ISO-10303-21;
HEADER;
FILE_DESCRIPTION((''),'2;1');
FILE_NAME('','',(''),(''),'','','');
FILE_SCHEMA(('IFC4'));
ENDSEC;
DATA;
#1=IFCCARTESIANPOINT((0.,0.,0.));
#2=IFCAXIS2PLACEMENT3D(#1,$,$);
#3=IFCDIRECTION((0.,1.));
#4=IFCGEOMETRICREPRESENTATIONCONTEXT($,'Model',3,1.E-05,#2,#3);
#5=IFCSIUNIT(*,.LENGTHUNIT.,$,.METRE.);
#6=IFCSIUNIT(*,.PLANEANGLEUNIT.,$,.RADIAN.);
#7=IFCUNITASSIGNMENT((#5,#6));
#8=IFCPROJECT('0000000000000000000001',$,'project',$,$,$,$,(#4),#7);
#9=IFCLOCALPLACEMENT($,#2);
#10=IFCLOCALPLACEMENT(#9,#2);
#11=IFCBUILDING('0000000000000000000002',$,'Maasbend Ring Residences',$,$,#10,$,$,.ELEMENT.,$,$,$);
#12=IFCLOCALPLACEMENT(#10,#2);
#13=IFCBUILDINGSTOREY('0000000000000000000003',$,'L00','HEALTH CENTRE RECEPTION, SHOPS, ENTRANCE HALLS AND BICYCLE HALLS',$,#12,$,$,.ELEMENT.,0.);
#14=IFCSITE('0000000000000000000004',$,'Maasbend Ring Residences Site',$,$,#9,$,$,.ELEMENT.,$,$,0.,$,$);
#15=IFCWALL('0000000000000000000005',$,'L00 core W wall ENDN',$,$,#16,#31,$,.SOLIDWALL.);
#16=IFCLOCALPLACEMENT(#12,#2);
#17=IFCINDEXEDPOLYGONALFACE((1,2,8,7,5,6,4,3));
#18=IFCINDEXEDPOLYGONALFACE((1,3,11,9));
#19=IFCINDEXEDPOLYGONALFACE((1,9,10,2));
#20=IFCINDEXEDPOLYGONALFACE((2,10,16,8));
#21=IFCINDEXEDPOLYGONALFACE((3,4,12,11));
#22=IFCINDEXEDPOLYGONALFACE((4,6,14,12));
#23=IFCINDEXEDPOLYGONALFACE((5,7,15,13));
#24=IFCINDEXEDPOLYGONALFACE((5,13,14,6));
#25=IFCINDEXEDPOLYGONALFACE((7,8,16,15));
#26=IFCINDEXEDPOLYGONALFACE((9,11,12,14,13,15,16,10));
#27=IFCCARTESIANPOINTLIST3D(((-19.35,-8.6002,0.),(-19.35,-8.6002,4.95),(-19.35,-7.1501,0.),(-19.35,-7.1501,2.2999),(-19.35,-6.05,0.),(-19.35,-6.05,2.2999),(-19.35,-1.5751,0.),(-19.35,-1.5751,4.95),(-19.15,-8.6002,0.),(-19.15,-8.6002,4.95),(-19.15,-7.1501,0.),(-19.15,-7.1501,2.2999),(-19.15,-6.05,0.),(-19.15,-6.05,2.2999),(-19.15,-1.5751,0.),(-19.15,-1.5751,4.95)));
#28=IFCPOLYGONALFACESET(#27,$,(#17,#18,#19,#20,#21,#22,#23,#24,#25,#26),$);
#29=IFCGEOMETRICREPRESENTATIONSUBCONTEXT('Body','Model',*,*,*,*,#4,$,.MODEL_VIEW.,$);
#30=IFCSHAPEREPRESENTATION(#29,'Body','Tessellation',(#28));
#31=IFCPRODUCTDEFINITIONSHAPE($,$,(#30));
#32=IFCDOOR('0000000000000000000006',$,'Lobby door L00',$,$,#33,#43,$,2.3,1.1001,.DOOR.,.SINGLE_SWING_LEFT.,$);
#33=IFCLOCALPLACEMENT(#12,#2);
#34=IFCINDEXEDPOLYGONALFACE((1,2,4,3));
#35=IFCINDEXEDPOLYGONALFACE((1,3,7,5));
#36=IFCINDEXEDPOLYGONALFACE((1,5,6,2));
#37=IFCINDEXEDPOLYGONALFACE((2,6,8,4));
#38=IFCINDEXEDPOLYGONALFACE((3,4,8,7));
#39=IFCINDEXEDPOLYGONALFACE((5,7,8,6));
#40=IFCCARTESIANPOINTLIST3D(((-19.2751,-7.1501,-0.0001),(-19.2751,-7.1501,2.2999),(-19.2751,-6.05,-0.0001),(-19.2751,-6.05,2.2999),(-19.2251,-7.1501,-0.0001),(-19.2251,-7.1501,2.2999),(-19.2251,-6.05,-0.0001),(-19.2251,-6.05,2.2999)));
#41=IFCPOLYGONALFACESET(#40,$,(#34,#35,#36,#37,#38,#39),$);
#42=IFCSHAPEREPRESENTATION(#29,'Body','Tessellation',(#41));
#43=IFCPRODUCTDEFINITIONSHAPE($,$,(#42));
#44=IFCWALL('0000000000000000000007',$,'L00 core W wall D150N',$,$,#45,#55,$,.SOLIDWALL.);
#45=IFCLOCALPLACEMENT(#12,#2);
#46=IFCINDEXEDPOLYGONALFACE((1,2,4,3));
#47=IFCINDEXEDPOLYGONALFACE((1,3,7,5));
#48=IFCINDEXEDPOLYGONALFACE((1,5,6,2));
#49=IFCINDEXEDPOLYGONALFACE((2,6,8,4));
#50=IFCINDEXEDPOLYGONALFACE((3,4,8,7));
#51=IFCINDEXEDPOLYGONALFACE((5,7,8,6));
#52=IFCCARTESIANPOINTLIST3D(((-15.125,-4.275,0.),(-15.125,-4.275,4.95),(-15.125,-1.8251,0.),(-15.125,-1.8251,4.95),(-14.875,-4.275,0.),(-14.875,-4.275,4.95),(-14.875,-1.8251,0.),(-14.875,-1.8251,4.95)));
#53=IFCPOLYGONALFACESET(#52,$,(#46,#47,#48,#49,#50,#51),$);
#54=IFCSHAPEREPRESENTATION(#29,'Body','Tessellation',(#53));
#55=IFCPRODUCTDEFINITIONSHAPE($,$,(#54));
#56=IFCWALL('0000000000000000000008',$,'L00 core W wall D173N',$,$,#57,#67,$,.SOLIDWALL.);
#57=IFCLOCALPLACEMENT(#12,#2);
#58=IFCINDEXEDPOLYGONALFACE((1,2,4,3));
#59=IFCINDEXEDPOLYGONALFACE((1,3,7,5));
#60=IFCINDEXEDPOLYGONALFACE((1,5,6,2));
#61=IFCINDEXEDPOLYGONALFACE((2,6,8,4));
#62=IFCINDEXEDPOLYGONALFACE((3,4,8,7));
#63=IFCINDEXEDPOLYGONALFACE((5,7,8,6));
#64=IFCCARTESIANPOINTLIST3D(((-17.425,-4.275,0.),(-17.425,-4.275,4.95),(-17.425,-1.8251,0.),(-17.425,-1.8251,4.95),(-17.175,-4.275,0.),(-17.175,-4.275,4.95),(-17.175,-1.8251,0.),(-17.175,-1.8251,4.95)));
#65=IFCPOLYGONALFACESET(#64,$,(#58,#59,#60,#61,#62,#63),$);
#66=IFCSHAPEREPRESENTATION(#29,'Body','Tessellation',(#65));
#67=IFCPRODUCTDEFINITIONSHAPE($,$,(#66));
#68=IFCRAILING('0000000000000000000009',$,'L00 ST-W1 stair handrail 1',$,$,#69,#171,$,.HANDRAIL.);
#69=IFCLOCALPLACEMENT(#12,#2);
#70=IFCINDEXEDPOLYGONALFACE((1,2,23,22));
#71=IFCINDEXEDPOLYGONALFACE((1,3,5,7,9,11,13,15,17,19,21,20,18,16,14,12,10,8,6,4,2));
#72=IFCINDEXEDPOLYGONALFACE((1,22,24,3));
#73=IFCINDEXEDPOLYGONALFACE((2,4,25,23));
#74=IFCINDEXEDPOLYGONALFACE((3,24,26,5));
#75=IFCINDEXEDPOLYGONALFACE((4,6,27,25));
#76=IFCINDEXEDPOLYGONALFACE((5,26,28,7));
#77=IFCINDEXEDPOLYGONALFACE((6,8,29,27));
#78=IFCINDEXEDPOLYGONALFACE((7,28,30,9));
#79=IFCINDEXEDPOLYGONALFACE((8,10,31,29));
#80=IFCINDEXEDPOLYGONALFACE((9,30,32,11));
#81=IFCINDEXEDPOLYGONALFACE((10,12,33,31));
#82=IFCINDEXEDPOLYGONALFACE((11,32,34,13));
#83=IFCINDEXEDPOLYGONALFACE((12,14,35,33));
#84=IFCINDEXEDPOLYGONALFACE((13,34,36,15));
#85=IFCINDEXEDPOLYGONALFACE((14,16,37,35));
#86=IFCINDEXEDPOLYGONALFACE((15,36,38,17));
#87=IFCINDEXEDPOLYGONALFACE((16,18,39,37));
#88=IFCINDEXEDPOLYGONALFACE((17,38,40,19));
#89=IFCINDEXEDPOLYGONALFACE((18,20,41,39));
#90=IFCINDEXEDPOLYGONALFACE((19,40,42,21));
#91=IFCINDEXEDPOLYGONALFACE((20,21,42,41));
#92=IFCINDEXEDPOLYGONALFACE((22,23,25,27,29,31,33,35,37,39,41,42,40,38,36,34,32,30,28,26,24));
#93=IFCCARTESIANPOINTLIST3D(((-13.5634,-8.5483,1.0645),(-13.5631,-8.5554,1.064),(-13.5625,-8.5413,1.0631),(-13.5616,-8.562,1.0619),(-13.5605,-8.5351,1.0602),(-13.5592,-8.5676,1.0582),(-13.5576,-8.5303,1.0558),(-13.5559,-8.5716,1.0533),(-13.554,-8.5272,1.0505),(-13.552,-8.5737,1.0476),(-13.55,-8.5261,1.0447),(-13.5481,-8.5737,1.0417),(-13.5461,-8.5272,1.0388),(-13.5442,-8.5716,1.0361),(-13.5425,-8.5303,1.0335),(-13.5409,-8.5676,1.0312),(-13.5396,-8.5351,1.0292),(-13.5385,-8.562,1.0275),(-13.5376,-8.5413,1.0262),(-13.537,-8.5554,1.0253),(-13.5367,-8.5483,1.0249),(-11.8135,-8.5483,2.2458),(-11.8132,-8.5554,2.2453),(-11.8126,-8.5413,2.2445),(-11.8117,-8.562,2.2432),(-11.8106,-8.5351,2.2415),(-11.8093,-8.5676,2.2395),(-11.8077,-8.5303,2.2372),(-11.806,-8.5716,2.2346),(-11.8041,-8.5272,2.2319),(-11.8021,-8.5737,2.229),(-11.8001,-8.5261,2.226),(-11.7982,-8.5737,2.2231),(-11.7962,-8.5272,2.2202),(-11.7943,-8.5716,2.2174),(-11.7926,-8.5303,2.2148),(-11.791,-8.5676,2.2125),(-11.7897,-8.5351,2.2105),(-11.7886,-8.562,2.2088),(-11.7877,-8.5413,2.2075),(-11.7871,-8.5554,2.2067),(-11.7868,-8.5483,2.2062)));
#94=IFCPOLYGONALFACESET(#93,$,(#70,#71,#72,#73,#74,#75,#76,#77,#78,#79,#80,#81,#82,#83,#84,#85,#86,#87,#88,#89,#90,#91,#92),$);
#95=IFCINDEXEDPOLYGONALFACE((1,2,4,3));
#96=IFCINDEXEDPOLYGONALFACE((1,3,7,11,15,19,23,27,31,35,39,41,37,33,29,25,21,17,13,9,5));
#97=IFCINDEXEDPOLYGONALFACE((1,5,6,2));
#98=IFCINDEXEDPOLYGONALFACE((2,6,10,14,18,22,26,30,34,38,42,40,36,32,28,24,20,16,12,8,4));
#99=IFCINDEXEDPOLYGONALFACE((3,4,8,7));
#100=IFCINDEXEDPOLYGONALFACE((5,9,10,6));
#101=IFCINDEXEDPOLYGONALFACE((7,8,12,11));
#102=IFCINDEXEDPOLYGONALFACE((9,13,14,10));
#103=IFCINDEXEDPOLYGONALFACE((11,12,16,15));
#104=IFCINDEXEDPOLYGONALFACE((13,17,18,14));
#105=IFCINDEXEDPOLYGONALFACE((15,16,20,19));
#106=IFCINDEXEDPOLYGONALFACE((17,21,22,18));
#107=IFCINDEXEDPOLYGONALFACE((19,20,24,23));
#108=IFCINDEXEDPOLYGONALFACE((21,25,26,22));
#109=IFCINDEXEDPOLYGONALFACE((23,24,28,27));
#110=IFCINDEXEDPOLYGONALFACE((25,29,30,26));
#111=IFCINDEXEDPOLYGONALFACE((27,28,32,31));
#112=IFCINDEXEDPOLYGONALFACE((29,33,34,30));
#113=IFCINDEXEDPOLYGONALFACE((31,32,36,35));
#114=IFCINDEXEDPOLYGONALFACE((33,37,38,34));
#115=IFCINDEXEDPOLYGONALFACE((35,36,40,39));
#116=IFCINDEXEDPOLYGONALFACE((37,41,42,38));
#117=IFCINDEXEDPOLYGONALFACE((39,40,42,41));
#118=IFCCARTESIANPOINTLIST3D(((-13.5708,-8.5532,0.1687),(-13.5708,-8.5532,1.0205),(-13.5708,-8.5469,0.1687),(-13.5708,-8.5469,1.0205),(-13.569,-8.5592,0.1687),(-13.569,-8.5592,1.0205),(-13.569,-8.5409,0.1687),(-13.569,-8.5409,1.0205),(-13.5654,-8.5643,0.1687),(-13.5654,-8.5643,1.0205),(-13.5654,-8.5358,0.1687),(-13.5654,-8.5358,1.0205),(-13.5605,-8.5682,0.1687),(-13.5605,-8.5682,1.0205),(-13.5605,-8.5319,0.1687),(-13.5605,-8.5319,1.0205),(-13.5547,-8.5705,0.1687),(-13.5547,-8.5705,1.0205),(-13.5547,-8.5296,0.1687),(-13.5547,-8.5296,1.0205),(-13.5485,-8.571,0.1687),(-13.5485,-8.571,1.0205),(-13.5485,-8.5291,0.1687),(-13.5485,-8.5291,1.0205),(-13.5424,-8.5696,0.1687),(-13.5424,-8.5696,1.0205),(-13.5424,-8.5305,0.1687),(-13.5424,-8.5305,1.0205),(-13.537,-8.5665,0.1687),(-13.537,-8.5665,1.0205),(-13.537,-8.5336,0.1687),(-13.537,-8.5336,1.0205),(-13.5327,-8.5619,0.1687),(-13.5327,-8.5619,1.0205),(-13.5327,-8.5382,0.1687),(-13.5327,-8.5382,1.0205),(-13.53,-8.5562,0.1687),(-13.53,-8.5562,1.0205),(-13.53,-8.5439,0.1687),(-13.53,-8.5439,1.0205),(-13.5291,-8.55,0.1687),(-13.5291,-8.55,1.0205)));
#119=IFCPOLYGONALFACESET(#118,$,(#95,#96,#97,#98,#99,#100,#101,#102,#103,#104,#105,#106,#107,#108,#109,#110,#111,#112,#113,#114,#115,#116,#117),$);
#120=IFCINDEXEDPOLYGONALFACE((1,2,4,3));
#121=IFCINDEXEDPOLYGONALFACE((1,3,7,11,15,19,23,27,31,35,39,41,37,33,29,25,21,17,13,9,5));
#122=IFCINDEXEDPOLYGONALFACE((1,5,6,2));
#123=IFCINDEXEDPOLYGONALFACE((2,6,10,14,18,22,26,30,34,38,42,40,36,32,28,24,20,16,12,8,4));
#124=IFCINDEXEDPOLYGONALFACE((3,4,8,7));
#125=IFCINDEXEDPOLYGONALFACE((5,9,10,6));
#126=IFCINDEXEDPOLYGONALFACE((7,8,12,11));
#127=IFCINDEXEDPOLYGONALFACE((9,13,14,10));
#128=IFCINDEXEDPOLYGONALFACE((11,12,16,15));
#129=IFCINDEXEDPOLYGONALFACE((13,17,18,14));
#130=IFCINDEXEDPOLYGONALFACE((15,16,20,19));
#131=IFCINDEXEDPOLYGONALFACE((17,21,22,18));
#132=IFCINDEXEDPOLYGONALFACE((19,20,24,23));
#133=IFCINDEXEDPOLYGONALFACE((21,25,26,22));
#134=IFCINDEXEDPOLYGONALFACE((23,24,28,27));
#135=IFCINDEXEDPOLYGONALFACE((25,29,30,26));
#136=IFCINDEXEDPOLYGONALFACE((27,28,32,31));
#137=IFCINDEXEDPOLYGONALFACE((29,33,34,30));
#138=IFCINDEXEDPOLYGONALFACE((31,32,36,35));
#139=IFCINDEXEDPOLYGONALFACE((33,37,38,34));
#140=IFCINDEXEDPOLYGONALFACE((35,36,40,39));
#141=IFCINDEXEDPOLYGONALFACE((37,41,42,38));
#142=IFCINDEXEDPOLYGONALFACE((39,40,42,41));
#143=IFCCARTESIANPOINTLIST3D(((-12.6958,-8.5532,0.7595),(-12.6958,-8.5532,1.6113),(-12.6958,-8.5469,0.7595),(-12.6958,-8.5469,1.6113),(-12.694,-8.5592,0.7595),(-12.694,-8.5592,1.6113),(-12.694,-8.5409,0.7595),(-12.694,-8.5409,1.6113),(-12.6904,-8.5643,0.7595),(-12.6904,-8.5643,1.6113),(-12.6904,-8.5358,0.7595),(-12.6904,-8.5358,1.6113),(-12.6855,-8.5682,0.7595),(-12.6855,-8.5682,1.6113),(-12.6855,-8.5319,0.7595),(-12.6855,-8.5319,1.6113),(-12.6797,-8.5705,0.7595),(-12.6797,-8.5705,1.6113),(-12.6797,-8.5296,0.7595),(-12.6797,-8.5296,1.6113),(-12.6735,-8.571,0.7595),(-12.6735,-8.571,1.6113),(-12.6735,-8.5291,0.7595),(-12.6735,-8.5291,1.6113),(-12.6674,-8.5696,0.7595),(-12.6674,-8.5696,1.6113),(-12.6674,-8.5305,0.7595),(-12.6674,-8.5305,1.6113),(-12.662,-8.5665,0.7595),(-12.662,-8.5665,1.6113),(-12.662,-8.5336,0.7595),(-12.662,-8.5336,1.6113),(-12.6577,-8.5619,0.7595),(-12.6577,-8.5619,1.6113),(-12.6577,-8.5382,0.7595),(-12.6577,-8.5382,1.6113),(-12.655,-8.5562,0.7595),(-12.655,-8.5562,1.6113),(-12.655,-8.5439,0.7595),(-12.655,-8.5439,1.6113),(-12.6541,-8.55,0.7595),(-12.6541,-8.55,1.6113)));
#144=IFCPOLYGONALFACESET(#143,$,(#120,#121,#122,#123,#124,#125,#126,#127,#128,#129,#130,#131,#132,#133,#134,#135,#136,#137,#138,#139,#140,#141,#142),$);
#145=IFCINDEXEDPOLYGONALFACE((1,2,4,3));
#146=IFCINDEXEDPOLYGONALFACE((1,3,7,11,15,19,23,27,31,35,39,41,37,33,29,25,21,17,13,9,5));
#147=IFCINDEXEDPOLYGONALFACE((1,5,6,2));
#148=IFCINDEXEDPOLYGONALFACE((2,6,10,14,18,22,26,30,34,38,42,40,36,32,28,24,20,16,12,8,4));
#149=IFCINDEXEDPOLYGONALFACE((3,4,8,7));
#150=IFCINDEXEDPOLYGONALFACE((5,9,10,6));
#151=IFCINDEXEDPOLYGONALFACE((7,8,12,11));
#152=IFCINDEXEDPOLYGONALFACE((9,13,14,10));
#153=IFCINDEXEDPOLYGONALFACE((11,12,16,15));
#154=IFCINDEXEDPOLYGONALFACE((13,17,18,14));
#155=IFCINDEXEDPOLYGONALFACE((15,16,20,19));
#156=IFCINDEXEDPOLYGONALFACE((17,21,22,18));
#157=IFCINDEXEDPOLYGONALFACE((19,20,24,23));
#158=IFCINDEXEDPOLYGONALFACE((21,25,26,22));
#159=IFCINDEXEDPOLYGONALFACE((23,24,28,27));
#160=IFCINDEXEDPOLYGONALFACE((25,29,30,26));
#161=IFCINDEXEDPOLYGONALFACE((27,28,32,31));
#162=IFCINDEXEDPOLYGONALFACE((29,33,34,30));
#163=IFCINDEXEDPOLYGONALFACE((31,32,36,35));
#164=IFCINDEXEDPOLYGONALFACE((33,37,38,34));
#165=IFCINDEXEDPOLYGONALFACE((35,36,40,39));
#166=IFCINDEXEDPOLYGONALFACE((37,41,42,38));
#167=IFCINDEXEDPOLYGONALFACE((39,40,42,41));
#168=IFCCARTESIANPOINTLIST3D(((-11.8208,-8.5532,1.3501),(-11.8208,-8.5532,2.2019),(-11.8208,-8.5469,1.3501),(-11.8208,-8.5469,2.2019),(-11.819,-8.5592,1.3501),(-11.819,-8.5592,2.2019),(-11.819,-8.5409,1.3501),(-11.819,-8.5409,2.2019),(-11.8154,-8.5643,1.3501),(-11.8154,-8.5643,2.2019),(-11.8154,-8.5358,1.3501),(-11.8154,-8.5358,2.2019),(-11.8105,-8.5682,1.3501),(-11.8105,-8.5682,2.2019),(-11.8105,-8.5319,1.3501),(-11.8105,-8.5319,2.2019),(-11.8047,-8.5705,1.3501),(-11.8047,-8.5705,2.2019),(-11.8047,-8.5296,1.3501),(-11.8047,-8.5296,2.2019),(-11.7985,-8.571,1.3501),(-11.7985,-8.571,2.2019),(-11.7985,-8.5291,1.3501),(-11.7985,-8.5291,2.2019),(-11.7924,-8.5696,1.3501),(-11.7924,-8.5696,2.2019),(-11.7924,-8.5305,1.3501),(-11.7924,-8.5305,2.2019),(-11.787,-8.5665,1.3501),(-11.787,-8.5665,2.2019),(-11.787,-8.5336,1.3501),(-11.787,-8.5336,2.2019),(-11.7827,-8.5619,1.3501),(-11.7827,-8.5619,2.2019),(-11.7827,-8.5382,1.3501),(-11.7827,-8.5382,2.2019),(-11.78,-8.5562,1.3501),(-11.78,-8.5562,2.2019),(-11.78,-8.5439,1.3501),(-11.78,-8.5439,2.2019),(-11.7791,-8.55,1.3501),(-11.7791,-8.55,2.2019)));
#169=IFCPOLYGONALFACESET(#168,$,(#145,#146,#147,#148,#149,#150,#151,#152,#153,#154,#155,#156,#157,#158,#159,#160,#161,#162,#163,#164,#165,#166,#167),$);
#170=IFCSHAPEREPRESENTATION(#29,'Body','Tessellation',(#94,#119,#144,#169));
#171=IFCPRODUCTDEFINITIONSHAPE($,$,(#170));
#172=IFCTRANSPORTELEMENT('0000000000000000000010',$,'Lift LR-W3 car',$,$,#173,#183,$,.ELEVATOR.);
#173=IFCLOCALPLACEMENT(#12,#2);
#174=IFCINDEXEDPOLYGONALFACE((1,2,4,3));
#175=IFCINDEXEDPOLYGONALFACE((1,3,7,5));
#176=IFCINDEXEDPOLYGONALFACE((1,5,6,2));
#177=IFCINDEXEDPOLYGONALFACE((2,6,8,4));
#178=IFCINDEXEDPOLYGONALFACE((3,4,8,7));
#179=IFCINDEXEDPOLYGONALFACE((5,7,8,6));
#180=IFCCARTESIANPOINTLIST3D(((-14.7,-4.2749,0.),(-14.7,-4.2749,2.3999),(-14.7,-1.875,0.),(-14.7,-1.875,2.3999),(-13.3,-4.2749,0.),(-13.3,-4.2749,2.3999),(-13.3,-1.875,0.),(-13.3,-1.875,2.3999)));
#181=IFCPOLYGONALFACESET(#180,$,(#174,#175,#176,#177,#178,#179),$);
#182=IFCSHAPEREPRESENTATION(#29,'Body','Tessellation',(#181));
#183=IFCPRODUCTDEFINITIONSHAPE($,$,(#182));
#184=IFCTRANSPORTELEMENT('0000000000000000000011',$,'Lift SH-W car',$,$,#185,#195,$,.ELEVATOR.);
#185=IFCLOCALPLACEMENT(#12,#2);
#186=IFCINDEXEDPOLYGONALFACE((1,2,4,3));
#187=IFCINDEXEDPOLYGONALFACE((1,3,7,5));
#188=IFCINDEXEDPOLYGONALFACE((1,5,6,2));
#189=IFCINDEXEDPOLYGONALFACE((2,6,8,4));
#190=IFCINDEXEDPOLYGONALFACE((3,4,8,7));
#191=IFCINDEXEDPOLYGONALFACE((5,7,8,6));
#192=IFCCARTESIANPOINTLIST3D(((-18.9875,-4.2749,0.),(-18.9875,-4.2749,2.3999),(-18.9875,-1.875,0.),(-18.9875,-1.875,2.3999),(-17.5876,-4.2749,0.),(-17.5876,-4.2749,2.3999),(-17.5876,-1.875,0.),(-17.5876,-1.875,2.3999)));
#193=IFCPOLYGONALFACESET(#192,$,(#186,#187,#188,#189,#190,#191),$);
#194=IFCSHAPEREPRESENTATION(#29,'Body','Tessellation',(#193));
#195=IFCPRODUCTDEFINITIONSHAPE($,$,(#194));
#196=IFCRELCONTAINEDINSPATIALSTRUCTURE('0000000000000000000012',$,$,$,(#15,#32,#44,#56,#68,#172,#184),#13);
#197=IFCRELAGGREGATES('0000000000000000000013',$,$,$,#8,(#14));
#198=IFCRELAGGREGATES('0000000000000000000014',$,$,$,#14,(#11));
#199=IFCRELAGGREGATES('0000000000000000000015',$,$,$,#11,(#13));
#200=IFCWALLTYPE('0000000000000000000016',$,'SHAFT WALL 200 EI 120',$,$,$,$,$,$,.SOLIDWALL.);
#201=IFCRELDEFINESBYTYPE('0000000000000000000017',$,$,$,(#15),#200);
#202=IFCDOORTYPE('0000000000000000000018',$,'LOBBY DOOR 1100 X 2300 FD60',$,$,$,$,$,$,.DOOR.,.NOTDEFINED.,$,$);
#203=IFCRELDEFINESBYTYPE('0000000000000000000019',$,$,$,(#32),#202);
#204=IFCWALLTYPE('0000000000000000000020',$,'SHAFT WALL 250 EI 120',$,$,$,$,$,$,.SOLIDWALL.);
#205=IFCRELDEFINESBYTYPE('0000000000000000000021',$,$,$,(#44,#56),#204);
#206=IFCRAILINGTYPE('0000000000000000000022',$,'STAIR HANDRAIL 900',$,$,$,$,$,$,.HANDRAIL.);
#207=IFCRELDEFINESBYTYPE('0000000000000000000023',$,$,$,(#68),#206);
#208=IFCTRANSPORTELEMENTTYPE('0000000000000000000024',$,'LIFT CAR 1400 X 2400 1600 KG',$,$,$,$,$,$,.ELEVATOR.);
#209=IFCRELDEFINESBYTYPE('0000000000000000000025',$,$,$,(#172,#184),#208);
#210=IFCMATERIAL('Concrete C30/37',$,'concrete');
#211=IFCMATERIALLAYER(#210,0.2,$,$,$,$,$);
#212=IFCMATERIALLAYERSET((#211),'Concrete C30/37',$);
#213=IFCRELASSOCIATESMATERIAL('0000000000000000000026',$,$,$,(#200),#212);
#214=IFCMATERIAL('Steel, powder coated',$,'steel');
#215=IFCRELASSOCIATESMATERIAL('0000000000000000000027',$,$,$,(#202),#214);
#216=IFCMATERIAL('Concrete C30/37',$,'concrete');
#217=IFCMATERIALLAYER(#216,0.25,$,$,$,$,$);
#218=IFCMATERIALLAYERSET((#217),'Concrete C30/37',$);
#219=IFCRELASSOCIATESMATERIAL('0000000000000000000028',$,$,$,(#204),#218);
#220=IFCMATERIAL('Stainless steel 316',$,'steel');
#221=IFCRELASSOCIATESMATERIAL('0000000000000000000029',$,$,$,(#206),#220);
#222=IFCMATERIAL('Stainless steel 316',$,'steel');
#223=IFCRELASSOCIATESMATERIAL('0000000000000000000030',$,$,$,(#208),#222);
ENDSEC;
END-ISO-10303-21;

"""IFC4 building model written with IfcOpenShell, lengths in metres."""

from ifc_helpers import new_model, si_unit, direction, frame, frame_2d, origin, origin_2d, place, context, subcontext, project, spatial, rectangle, circle, extrude, material, layer, layer_set, type_object, element, fill, save


model = new_model("IFC4")

# Units and contexts
model_context = context("Model", 3, precision=1e-05, world=origin(), true_north=direction((0.0, 1.0)))
body_context = subcontext(model_context, "Body", "Model", "MODEL_VIEW")
ifc_project = project(units=[si_unit("LENGTHUNIT", "METRE"), si_unit("PLANEANGLEUNIT", "RADIAN")], contexts=[model_context])

# Site, building, storey
site_placement = place(None, origin())
site = spatial("IfcSite", under=ifc_project, at=site_placement, Name="Maasbend Ring Residences Site", CompositionType="ELEMENT", RefElevation=0.0)
building_placement = place(site_placement, origin())
building = spatial("IfcBuilding", under=site, at=building_placement, Name="Maasbend Ring Residences", CompositionType="ELEMENT")
storey_placement = place(building_placement, origin())
storey = spatial("IfcBuildingStorey", under=building, at=storey_placement, Name="L00", Description="HEALTH CENTRE RECEPTION, SHOPS, ENTRANCE HALLS AND BICYCLE HALLS", CompositionType="ELEMENT", Elevation=0.0)

# Wall, opening, door
ifc_material_1 = material(Name="Concrete C30/37", Category="concrete")
ifc_layer_1 = layer(ifc_material_1, 0.2)
ifc_layer_set_1 = layer_set([ifc_layer_1], Name="Concrete C30/37")
wall_type_1 = type_object("IfcWallType", Name="SHAFT WALL 200 EI 120", PredefinedType="SOLIDWALL", material=ifc_layer_set_1)
wall_1_placement = place(storey_placement, frame((-19.25, -1.575, 0.0), z_axis=(0.0, 0.0, 1.0), x_axis=(0.0, -1.0, 0.0)))
wall_1 = element("IfcWall", 1, at=wall_1_placement, inside=storey, type_object=wall_type_1, Name="L00 core W wall ENDN", PredefinedType="SOLIDWALL", context=body_context, shape_type="SweptSolid", body=[
    extrude(rectangle(XDim=7.0251, YDim=0.2, at=frame_2d((3.5127, 0.0))), origin(), (0.0, 0.0, 1.0), 4.95),
])
opening_1_placement = place(wall_1_placement, frame((4.4751, 0.0, 0.0)))
opening_1 = element("IfcOpeningElement", 2, at=opening_1_placement, cuts=wall_1, PredefinedType="OPENING", context=body_context, shape_type="SweptSolid", body=[
    extrude(rectangle(XDim=1.1001, YDim=2.3, at=frame_2d((0.55, 1.1499))), frame((0.0, 0.1099, 0.0), z_axis=(0.0, -1.0, 0.0), x_axis=(1.0, 0.0, 0.0)), (0.0, 0.0, 1.0), 0.22),
])
ifc_material_2 = material(Name="Steel, powder coated", Category="steel")
door_type_1 = type_object("IfcDoorType", Name="LOBBY DOOR 1100 X 2300 FD60", OperationType="NOTDEFINED", PredefinedType="DOOR", material=ifc_material_2)
door_1_placement = place(opening_1_placement, origin())
door_1 = element("IfcDoor", 3, at=door_1_placement, inside=storey, type_object=door_type_1, Name="Lobby door L00", OperationType="SINGLE_SWING_LEFT", OverallHeight=2.3, OverallWidth=1.1001, PredefinedType="DOOR", context=body_context, shape_type="SweptSolid", body=[
    extrude(rectangle(XDim=1.1001, YDim=2.3, at=frame_2d((0.55, 1.1499))), frame((0.0, 0.0249, 0.0), z_axis=(0.0, -1.0, 0.0), x_axis=(1.0, 0.0, 0.0)), (0.0, 0.0, 1.0), 0.05),
])
fill(opening_1, door_1)

# Walls
ifc_material_3 = material(Name="Concrete C30/37", Category="concrete")
ifc_layer_2 = layer(ifc_material_3, 0.25)
ifc_layer_set_2 = layer_set([ifc_layer_2], Name="Concrete C30/37")
wall_type_2 = type_object("IfcWallType", Name="SHAFT WALL 250 EI 120", PredefinedType="SOLIDWALL", material=ifc_layer_set_2)
for number, where, z_axis, x_axis, name in (
    (4, (-15.0, -1.825, 0.0), (0.0, 0.0, 1.0), (0.0, -1.0, 0.0), "L00 core W wall D150N"),
    (5, (-17.3, -1.825, 0.0), (0.0, 0.0, 1.0), (0.0, -1.0, 0.0), "L00 core W wall D173N"),
):
    element("IfcWall", number, at=place(storey_placement, frame(where, z_axis=z_axis, x_axis=x_axis)), inside=storey, type_object=wall_type_2, Name=name, PredefinedType="SOLIDWALL", context=body_context, shape_type="SweptSolid", body=[
        extrude(rectangle(XDim=2.45, YDim=0.25, at=frame_2d((1.2251, 0.0))), origin(), (0.0, 0.0, 1.0), 4.95),
    ])

# Railing
ifc_material_4 = material(Name="Stainless steel 316", Category="steel")
railing_type_1 = type_object("IfcRailingType", Name="STAIR HANDRAIL 900", PredefinedType="HANDRAIL", material=ifc_material_4)
railing_1_placement = place(storey_placement, frame((-13.55, -8.55, 0.1687)))
element("IfcRailing", 6, at=railing_1_placement, inside=storey, type_object=railing_type_1, Name="L00 ST-W1 stair handrail 1", PredefinedType="HANDRAIL", context=body_context, shape_type="SweptSolid", body=[
    extrude(circle(Radius=0.0239, at=origin_2d()), frame((0.0, 0.0, 0.876), z_axis=(0.828817, 0.0, 0.559521), x_axis=(0.0, 1.0, 0.0)), (0.0, 0.0, 1.0), 2.1113),
    extrude(circle(Radius=0.021, at=origin_2d()), origin(), (0.0, 0.0, 1.0), 0.8518),
    extrude(circle(Radius=0.021, at=origin_2d()), frame((0.875, 0.0, 0.5908)), (0.0, 0.0, 1.0), 0.8518),
    extrude(circle(Radius=0.021, at=origin_2d()), frame((1.75, 0.0, 1.1814)), (0.0, 0.0, 1.0), 0.8518),
])

# Transport elements
ifc_material_5 = material(Name="Stainless steel 316", Category="steel")
transport_element_type_1 = type_object("IfcTransportElementType", Name="LIFT CAR 1400 X 2400 1600 KG", PredefinedType="ELEVATOR", material=ifc_material_5)
for number, where, z_axis, x_axis, name in (
    (7, (-14.0, -3.075, 0.0), (0.0, 0.0, 1.0), (1.0, 0.0, 0.0), "Lift LR-W3 car"),
    (8, (-18.2876, -3.075, 0.0), (0.0, 0.0, 1.0), (1.0, 0.0, 0.0), "Lift SH-W car"),
):
    element("IfcTransportElement", number, at=place(storey_placement, frame(where, z_axis=z_axis, x_axis=x_axis)), inside=storey, type_object=transport_element_type_1, Name=name, PredefinedType="ELEVATOR", context=body_context, shape_type="SweptSolid", body=[
        extrude(rectangle(XDim=1.3999, YDim=2.3999, at=origin_2d()), origin(), (0.0, 0.0, 1.0), 2.3999),
    ])

save(model, "model.ifc")
